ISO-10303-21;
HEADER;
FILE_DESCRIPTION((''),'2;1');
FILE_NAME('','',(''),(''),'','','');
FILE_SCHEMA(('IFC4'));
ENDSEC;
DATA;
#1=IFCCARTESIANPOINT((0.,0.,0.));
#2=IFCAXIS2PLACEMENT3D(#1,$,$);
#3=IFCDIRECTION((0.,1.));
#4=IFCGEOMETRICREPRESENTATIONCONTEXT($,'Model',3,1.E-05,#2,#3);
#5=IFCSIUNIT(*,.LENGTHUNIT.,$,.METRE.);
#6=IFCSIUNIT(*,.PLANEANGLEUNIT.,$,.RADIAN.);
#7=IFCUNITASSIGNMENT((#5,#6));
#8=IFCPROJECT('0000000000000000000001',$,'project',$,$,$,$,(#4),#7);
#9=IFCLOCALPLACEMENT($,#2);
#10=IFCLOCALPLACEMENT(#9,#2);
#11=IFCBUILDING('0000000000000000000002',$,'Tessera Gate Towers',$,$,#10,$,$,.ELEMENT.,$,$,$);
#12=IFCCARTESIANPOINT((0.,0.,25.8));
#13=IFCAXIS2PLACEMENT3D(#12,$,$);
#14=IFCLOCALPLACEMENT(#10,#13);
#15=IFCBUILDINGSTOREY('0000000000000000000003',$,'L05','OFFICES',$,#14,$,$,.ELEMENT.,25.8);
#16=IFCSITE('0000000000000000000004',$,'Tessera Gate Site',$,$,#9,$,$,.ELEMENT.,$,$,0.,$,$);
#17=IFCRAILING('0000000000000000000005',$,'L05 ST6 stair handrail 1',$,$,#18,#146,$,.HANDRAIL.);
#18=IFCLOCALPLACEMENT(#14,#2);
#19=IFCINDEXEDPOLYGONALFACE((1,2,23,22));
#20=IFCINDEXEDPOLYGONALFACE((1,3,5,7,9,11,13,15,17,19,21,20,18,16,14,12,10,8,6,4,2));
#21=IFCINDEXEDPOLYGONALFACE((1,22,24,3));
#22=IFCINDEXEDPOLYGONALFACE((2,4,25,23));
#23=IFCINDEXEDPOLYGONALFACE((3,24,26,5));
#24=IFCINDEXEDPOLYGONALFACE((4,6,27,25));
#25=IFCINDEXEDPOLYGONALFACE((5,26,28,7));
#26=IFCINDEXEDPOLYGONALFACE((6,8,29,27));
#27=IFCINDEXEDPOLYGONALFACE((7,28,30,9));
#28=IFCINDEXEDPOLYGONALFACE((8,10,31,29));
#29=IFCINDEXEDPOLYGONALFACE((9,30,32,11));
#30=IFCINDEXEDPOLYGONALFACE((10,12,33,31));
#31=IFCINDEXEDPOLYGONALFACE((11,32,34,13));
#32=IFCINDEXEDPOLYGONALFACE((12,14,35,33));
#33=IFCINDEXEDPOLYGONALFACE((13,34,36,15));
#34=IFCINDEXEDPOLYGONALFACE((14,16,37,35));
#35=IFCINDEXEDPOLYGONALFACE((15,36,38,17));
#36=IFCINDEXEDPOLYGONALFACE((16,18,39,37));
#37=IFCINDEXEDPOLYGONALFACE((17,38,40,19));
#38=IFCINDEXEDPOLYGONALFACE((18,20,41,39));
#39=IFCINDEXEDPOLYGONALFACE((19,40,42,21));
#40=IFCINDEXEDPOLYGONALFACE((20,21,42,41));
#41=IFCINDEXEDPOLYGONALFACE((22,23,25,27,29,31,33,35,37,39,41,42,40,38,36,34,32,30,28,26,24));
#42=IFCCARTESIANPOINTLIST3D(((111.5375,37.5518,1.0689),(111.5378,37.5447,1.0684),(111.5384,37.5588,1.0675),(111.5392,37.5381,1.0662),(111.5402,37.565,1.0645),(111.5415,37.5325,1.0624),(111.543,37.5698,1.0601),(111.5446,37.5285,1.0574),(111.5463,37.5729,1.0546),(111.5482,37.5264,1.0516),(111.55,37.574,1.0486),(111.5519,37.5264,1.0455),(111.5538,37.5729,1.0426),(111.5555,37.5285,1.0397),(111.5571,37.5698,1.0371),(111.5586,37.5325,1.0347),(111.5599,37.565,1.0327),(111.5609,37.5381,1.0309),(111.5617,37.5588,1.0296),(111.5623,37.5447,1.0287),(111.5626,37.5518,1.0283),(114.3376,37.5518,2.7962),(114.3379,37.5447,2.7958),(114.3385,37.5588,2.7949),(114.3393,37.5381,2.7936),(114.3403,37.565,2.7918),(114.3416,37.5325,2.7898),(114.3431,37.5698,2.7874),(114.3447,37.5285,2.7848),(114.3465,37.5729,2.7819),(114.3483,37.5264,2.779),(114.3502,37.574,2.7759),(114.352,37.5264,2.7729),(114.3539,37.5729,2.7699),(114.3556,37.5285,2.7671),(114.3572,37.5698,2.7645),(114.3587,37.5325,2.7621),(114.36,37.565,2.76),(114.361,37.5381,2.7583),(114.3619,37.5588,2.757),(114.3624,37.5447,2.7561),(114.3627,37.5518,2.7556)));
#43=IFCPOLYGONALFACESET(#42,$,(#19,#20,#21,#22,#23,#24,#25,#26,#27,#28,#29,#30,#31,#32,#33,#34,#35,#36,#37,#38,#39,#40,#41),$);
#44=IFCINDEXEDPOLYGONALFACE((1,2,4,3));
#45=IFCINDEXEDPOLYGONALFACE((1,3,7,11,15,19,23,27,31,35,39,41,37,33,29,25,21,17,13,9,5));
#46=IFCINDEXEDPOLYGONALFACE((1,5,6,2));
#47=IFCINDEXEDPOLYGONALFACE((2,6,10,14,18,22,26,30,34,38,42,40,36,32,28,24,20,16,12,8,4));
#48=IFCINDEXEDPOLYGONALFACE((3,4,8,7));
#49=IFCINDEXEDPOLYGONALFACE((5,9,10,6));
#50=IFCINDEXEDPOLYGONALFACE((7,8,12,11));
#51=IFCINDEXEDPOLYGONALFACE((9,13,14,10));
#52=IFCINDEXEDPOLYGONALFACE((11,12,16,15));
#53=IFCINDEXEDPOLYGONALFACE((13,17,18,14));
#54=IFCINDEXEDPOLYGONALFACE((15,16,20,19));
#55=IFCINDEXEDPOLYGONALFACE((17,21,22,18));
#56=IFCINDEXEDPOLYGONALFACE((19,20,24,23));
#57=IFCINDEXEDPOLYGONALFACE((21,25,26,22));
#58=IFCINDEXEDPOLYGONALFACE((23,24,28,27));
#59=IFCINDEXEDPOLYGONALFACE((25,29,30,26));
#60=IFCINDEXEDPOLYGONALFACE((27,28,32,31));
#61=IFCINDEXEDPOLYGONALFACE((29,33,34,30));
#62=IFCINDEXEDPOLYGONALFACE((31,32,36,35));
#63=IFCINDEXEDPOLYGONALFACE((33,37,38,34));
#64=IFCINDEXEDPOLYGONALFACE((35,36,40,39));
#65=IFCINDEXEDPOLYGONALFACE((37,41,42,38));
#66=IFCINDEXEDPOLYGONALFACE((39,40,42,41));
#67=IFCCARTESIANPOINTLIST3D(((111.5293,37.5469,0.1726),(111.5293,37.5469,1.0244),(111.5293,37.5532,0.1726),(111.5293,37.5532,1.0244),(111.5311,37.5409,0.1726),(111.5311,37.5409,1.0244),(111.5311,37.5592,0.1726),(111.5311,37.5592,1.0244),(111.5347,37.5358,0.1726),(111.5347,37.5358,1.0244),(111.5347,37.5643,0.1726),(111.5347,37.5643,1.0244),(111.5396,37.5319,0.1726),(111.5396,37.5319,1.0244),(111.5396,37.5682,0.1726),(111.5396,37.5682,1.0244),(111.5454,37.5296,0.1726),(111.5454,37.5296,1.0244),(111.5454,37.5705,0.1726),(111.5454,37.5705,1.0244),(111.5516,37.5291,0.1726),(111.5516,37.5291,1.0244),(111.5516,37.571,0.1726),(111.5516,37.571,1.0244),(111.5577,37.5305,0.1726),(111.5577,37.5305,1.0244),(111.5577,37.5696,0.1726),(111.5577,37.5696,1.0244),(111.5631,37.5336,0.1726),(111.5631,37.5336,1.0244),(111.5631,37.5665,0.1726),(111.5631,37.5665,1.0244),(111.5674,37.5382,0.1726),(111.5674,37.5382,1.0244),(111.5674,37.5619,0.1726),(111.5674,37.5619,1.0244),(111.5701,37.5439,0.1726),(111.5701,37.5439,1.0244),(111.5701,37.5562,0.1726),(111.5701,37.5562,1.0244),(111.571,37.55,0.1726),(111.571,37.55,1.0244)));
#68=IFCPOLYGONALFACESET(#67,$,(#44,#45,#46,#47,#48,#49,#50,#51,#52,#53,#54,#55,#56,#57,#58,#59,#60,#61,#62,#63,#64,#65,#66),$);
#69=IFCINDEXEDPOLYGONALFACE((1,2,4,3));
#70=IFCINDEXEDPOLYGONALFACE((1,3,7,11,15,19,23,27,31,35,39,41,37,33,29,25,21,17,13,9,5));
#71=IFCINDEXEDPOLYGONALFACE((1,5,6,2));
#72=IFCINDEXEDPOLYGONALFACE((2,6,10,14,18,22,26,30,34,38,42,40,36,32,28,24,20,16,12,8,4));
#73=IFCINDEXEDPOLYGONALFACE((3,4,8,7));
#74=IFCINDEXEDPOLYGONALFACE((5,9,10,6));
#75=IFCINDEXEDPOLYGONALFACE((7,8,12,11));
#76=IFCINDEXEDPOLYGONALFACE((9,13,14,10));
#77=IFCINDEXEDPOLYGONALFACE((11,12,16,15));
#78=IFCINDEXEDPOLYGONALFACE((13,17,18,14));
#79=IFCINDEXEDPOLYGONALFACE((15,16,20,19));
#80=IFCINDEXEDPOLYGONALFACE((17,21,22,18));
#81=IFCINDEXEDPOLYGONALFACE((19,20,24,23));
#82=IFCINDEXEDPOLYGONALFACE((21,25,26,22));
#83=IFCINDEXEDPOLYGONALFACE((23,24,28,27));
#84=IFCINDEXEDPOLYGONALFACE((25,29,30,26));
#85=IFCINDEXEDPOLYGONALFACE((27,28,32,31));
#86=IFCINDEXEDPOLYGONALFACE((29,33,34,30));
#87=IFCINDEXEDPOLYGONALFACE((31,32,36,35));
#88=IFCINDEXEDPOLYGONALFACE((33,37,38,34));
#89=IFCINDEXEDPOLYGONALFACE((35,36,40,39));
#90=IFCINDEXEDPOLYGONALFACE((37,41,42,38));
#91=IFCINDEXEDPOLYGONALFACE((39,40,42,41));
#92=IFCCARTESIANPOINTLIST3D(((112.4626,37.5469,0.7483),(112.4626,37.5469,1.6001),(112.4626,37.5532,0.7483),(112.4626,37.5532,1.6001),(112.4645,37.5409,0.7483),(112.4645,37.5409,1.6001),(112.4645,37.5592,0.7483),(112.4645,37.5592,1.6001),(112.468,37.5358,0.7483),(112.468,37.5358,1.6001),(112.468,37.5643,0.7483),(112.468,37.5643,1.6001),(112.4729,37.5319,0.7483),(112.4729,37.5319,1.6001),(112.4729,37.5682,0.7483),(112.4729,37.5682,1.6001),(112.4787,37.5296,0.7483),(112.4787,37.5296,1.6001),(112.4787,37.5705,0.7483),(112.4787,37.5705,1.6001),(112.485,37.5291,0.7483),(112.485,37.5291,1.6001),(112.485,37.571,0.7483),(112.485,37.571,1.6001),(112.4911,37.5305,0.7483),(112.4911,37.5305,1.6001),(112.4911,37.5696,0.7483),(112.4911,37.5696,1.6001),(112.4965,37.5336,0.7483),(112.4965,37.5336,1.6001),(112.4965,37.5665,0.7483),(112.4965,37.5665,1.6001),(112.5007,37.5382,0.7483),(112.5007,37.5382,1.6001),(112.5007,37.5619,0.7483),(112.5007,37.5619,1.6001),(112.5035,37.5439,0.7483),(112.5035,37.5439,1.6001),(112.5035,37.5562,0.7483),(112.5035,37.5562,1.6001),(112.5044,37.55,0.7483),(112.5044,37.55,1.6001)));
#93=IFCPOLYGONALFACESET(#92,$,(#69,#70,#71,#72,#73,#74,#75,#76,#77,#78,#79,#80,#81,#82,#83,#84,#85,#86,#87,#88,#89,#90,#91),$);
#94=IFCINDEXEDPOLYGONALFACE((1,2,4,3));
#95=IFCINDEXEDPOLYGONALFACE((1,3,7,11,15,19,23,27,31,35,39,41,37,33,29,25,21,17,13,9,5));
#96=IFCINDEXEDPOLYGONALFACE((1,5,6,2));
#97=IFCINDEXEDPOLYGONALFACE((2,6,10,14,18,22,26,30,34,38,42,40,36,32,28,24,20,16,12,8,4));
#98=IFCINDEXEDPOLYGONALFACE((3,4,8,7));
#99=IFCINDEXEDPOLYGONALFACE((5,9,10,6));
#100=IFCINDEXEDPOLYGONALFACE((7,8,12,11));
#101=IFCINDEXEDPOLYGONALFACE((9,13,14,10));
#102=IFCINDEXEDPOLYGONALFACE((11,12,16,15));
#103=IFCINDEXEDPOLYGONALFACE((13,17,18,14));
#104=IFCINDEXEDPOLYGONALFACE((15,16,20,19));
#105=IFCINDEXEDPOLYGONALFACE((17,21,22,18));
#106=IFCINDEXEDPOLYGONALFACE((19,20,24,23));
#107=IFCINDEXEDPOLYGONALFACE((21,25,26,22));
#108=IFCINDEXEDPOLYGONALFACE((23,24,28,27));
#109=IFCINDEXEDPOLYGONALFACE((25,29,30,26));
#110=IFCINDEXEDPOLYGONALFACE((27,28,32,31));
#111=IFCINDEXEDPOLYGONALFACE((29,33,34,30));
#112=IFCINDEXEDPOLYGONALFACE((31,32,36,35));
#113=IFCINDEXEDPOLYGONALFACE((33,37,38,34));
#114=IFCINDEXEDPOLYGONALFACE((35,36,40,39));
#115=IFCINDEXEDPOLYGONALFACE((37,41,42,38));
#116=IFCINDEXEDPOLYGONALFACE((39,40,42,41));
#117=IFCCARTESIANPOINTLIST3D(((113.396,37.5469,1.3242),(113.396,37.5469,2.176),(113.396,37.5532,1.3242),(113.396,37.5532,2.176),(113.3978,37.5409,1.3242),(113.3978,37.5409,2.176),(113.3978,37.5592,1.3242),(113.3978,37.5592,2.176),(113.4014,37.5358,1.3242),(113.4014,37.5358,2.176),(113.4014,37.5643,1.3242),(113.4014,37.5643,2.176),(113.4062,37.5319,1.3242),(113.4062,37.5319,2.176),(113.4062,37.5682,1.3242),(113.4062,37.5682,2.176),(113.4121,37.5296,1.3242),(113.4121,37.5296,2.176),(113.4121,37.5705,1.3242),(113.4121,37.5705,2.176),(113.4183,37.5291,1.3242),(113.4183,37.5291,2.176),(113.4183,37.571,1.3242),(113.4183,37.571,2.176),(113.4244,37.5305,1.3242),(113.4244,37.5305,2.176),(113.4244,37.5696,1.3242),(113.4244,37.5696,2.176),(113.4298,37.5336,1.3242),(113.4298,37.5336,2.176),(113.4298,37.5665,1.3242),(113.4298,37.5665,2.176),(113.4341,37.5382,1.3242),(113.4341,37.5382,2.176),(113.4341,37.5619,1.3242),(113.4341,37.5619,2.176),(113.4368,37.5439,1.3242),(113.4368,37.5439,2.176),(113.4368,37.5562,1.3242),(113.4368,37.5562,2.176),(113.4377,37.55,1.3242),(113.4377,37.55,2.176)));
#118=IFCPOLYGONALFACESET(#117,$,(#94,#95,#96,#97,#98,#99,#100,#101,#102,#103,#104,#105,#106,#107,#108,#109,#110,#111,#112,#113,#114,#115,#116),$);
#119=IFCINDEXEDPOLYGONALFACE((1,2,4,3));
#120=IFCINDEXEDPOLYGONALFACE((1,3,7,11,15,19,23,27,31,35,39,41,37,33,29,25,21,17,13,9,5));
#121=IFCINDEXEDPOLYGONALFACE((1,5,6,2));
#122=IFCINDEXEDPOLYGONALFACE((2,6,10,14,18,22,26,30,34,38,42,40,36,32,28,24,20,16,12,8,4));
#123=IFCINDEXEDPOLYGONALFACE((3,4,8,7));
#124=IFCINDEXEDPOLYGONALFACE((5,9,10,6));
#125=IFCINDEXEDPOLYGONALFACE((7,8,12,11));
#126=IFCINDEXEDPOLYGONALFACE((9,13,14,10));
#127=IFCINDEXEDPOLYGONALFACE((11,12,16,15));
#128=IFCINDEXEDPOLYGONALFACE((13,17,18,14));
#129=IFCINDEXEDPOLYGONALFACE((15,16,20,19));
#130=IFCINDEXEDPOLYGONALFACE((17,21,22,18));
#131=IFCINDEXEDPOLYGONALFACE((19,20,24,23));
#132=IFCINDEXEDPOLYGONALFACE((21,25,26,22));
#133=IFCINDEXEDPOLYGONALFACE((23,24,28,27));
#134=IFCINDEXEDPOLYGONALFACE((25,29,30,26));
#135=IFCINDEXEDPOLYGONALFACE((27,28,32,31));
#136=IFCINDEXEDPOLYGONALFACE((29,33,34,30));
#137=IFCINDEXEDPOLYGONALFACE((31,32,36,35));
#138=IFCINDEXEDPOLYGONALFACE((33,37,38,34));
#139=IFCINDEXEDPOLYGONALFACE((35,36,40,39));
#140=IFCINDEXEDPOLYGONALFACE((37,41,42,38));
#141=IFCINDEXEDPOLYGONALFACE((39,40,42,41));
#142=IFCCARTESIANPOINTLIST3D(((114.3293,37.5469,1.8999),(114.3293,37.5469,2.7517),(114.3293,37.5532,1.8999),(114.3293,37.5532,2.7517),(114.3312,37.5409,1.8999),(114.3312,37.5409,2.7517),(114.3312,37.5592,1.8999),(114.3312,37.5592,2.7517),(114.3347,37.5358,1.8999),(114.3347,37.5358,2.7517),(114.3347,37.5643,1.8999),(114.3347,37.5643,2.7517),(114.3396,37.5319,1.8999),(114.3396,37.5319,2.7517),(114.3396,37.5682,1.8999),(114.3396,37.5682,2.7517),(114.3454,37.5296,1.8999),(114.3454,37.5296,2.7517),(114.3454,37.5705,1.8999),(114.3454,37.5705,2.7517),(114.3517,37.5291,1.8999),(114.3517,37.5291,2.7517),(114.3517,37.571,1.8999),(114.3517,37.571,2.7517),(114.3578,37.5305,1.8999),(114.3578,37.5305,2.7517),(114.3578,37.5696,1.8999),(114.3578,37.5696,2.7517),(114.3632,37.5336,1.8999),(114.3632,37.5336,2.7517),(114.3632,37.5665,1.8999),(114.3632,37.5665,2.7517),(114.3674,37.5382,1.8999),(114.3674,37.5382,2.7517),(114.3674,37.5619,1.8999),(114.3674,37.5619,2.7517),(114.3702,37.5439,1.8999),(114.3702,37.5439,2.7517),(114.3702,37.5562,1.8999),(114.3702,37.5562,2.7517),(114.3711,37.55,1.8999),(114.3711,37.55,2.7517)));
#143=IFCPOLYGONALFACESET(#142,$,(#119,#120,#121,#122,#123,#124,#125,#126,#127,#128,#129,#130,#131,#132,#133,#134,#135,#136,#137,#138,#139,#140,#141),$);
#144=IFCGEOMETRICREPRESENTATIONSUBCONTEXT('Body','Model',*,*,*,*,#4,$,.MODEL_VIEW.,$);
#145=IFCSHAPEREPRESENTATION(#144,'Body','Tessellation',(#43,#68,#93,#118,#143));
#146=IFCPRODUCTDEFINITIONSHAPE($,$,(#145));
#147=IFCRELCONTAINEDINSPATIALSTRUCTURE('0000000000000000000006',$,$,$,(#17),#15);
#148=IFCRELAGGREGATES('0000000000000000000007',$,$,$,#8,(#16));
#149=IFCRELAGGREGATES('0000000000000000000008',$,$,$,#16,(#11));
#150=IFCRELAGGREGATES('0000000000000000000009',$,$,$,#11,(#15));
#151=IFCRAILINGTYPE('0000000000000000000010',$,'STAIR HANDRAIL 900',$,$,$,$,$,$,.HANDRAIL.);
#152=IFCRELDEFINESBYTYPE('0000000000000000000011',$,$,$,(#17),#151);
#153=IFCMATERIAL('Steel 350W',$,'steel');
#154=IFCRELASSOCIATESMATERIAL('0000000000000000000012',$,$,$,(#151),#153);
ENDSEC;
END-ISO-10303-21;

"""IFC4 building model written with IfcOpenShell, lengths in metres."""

from ifc_helpers import new_model, si_unit, direction, frame, origin, origin_2d, place, context, subcontext, project, spatial, circle, extrude, material, type_object, element, save


model = new_model("IFC4")

# Units and contexts
model_context = context("Model", 3, precision=1e-05, world=origin(), true_north=direction((0.0, 1.0)))
body_context = subcontext(model_context, "Body", "Model", "MODEL_VIEW")
ifc_project = project(units=[si_unit("LENGTHUNIT", "METRE"), si_unit("PLANEANGLEUNIT", "RADIAN")], contexts=[model_context])

# Site, building, storey
site_placement = place(None, origin())
site = spatial("IfcSite", under=ifc_project, at=site_placement, Name="Tessera Gate Site", CompositionType="ELEMENT", RefElevation=0.0)
building_placement = place(site_placement, origin())
building = spatial("IfcBuilding", under=site, at=building_placement, Name="Tessera Gate Towers", CompositionType="ELEMENT")
storey_placement = place(building_placement, frame((0.0, 0.0, 25.8)))
storey = spatial("IfcBuildingStorey", under=building, at=storey_placement, Name="L05", Description="OFFICES", CompositionType="ELEMENT", Elevation=25.8)

# Railing
ifc_material_1 = material(Name="Steel 350W", Category="steel")
railing_type_1 = type_object("IfcRailingType", Name="STAIR HANDRAIL 900", PredefinedType="HANDRAIL", material=ifc_material_1)
railing_1_placement = place(storey_placement, frame((111.55, 37.55, 0.1726)))
element("IfcRailing", 1, at=railing_1_placement, inside=storey, type_object=railing_type_1, Name="L05 ST6 stair handrail 1", PredefinedType="HANDRAIL", context=body_context, shape_type="SweptSolid", body=[
    extrude(circle(Radius=0.0239, at=origin_2d()), frame((0.0, 0.0, 0.876), z_axis=(0.85109, 0.0, 0.52502), x_axis=(0.0, 1.0, 0.0)), (0.0, 0.0, 1.0), 3.29),
    extrude(circle(Radius=0.021, at=origin_2d()), origin(), (0.0, 0.0, 1.0), 0.8518),
    extrude(circle(Radius=0.021, at=origin_2d()), frame((0.9333, 0.0, 0.5757)), (0.0, 0.0, 1.0), 0.8518),
    extrude(circle(Radius=0.021, at=origin_2d()), frame((1.8667, 0.0, 1.1516)), (0.0, 0.0, 1.0), 0.8518),
    extrude(circle(Radius=0.021, at=origin_2d()), frame((2.8, 0.0, 1.7273)), (0.0, 0.0, 1.0), 0.8518),
])

save(model, "model.ifc")
